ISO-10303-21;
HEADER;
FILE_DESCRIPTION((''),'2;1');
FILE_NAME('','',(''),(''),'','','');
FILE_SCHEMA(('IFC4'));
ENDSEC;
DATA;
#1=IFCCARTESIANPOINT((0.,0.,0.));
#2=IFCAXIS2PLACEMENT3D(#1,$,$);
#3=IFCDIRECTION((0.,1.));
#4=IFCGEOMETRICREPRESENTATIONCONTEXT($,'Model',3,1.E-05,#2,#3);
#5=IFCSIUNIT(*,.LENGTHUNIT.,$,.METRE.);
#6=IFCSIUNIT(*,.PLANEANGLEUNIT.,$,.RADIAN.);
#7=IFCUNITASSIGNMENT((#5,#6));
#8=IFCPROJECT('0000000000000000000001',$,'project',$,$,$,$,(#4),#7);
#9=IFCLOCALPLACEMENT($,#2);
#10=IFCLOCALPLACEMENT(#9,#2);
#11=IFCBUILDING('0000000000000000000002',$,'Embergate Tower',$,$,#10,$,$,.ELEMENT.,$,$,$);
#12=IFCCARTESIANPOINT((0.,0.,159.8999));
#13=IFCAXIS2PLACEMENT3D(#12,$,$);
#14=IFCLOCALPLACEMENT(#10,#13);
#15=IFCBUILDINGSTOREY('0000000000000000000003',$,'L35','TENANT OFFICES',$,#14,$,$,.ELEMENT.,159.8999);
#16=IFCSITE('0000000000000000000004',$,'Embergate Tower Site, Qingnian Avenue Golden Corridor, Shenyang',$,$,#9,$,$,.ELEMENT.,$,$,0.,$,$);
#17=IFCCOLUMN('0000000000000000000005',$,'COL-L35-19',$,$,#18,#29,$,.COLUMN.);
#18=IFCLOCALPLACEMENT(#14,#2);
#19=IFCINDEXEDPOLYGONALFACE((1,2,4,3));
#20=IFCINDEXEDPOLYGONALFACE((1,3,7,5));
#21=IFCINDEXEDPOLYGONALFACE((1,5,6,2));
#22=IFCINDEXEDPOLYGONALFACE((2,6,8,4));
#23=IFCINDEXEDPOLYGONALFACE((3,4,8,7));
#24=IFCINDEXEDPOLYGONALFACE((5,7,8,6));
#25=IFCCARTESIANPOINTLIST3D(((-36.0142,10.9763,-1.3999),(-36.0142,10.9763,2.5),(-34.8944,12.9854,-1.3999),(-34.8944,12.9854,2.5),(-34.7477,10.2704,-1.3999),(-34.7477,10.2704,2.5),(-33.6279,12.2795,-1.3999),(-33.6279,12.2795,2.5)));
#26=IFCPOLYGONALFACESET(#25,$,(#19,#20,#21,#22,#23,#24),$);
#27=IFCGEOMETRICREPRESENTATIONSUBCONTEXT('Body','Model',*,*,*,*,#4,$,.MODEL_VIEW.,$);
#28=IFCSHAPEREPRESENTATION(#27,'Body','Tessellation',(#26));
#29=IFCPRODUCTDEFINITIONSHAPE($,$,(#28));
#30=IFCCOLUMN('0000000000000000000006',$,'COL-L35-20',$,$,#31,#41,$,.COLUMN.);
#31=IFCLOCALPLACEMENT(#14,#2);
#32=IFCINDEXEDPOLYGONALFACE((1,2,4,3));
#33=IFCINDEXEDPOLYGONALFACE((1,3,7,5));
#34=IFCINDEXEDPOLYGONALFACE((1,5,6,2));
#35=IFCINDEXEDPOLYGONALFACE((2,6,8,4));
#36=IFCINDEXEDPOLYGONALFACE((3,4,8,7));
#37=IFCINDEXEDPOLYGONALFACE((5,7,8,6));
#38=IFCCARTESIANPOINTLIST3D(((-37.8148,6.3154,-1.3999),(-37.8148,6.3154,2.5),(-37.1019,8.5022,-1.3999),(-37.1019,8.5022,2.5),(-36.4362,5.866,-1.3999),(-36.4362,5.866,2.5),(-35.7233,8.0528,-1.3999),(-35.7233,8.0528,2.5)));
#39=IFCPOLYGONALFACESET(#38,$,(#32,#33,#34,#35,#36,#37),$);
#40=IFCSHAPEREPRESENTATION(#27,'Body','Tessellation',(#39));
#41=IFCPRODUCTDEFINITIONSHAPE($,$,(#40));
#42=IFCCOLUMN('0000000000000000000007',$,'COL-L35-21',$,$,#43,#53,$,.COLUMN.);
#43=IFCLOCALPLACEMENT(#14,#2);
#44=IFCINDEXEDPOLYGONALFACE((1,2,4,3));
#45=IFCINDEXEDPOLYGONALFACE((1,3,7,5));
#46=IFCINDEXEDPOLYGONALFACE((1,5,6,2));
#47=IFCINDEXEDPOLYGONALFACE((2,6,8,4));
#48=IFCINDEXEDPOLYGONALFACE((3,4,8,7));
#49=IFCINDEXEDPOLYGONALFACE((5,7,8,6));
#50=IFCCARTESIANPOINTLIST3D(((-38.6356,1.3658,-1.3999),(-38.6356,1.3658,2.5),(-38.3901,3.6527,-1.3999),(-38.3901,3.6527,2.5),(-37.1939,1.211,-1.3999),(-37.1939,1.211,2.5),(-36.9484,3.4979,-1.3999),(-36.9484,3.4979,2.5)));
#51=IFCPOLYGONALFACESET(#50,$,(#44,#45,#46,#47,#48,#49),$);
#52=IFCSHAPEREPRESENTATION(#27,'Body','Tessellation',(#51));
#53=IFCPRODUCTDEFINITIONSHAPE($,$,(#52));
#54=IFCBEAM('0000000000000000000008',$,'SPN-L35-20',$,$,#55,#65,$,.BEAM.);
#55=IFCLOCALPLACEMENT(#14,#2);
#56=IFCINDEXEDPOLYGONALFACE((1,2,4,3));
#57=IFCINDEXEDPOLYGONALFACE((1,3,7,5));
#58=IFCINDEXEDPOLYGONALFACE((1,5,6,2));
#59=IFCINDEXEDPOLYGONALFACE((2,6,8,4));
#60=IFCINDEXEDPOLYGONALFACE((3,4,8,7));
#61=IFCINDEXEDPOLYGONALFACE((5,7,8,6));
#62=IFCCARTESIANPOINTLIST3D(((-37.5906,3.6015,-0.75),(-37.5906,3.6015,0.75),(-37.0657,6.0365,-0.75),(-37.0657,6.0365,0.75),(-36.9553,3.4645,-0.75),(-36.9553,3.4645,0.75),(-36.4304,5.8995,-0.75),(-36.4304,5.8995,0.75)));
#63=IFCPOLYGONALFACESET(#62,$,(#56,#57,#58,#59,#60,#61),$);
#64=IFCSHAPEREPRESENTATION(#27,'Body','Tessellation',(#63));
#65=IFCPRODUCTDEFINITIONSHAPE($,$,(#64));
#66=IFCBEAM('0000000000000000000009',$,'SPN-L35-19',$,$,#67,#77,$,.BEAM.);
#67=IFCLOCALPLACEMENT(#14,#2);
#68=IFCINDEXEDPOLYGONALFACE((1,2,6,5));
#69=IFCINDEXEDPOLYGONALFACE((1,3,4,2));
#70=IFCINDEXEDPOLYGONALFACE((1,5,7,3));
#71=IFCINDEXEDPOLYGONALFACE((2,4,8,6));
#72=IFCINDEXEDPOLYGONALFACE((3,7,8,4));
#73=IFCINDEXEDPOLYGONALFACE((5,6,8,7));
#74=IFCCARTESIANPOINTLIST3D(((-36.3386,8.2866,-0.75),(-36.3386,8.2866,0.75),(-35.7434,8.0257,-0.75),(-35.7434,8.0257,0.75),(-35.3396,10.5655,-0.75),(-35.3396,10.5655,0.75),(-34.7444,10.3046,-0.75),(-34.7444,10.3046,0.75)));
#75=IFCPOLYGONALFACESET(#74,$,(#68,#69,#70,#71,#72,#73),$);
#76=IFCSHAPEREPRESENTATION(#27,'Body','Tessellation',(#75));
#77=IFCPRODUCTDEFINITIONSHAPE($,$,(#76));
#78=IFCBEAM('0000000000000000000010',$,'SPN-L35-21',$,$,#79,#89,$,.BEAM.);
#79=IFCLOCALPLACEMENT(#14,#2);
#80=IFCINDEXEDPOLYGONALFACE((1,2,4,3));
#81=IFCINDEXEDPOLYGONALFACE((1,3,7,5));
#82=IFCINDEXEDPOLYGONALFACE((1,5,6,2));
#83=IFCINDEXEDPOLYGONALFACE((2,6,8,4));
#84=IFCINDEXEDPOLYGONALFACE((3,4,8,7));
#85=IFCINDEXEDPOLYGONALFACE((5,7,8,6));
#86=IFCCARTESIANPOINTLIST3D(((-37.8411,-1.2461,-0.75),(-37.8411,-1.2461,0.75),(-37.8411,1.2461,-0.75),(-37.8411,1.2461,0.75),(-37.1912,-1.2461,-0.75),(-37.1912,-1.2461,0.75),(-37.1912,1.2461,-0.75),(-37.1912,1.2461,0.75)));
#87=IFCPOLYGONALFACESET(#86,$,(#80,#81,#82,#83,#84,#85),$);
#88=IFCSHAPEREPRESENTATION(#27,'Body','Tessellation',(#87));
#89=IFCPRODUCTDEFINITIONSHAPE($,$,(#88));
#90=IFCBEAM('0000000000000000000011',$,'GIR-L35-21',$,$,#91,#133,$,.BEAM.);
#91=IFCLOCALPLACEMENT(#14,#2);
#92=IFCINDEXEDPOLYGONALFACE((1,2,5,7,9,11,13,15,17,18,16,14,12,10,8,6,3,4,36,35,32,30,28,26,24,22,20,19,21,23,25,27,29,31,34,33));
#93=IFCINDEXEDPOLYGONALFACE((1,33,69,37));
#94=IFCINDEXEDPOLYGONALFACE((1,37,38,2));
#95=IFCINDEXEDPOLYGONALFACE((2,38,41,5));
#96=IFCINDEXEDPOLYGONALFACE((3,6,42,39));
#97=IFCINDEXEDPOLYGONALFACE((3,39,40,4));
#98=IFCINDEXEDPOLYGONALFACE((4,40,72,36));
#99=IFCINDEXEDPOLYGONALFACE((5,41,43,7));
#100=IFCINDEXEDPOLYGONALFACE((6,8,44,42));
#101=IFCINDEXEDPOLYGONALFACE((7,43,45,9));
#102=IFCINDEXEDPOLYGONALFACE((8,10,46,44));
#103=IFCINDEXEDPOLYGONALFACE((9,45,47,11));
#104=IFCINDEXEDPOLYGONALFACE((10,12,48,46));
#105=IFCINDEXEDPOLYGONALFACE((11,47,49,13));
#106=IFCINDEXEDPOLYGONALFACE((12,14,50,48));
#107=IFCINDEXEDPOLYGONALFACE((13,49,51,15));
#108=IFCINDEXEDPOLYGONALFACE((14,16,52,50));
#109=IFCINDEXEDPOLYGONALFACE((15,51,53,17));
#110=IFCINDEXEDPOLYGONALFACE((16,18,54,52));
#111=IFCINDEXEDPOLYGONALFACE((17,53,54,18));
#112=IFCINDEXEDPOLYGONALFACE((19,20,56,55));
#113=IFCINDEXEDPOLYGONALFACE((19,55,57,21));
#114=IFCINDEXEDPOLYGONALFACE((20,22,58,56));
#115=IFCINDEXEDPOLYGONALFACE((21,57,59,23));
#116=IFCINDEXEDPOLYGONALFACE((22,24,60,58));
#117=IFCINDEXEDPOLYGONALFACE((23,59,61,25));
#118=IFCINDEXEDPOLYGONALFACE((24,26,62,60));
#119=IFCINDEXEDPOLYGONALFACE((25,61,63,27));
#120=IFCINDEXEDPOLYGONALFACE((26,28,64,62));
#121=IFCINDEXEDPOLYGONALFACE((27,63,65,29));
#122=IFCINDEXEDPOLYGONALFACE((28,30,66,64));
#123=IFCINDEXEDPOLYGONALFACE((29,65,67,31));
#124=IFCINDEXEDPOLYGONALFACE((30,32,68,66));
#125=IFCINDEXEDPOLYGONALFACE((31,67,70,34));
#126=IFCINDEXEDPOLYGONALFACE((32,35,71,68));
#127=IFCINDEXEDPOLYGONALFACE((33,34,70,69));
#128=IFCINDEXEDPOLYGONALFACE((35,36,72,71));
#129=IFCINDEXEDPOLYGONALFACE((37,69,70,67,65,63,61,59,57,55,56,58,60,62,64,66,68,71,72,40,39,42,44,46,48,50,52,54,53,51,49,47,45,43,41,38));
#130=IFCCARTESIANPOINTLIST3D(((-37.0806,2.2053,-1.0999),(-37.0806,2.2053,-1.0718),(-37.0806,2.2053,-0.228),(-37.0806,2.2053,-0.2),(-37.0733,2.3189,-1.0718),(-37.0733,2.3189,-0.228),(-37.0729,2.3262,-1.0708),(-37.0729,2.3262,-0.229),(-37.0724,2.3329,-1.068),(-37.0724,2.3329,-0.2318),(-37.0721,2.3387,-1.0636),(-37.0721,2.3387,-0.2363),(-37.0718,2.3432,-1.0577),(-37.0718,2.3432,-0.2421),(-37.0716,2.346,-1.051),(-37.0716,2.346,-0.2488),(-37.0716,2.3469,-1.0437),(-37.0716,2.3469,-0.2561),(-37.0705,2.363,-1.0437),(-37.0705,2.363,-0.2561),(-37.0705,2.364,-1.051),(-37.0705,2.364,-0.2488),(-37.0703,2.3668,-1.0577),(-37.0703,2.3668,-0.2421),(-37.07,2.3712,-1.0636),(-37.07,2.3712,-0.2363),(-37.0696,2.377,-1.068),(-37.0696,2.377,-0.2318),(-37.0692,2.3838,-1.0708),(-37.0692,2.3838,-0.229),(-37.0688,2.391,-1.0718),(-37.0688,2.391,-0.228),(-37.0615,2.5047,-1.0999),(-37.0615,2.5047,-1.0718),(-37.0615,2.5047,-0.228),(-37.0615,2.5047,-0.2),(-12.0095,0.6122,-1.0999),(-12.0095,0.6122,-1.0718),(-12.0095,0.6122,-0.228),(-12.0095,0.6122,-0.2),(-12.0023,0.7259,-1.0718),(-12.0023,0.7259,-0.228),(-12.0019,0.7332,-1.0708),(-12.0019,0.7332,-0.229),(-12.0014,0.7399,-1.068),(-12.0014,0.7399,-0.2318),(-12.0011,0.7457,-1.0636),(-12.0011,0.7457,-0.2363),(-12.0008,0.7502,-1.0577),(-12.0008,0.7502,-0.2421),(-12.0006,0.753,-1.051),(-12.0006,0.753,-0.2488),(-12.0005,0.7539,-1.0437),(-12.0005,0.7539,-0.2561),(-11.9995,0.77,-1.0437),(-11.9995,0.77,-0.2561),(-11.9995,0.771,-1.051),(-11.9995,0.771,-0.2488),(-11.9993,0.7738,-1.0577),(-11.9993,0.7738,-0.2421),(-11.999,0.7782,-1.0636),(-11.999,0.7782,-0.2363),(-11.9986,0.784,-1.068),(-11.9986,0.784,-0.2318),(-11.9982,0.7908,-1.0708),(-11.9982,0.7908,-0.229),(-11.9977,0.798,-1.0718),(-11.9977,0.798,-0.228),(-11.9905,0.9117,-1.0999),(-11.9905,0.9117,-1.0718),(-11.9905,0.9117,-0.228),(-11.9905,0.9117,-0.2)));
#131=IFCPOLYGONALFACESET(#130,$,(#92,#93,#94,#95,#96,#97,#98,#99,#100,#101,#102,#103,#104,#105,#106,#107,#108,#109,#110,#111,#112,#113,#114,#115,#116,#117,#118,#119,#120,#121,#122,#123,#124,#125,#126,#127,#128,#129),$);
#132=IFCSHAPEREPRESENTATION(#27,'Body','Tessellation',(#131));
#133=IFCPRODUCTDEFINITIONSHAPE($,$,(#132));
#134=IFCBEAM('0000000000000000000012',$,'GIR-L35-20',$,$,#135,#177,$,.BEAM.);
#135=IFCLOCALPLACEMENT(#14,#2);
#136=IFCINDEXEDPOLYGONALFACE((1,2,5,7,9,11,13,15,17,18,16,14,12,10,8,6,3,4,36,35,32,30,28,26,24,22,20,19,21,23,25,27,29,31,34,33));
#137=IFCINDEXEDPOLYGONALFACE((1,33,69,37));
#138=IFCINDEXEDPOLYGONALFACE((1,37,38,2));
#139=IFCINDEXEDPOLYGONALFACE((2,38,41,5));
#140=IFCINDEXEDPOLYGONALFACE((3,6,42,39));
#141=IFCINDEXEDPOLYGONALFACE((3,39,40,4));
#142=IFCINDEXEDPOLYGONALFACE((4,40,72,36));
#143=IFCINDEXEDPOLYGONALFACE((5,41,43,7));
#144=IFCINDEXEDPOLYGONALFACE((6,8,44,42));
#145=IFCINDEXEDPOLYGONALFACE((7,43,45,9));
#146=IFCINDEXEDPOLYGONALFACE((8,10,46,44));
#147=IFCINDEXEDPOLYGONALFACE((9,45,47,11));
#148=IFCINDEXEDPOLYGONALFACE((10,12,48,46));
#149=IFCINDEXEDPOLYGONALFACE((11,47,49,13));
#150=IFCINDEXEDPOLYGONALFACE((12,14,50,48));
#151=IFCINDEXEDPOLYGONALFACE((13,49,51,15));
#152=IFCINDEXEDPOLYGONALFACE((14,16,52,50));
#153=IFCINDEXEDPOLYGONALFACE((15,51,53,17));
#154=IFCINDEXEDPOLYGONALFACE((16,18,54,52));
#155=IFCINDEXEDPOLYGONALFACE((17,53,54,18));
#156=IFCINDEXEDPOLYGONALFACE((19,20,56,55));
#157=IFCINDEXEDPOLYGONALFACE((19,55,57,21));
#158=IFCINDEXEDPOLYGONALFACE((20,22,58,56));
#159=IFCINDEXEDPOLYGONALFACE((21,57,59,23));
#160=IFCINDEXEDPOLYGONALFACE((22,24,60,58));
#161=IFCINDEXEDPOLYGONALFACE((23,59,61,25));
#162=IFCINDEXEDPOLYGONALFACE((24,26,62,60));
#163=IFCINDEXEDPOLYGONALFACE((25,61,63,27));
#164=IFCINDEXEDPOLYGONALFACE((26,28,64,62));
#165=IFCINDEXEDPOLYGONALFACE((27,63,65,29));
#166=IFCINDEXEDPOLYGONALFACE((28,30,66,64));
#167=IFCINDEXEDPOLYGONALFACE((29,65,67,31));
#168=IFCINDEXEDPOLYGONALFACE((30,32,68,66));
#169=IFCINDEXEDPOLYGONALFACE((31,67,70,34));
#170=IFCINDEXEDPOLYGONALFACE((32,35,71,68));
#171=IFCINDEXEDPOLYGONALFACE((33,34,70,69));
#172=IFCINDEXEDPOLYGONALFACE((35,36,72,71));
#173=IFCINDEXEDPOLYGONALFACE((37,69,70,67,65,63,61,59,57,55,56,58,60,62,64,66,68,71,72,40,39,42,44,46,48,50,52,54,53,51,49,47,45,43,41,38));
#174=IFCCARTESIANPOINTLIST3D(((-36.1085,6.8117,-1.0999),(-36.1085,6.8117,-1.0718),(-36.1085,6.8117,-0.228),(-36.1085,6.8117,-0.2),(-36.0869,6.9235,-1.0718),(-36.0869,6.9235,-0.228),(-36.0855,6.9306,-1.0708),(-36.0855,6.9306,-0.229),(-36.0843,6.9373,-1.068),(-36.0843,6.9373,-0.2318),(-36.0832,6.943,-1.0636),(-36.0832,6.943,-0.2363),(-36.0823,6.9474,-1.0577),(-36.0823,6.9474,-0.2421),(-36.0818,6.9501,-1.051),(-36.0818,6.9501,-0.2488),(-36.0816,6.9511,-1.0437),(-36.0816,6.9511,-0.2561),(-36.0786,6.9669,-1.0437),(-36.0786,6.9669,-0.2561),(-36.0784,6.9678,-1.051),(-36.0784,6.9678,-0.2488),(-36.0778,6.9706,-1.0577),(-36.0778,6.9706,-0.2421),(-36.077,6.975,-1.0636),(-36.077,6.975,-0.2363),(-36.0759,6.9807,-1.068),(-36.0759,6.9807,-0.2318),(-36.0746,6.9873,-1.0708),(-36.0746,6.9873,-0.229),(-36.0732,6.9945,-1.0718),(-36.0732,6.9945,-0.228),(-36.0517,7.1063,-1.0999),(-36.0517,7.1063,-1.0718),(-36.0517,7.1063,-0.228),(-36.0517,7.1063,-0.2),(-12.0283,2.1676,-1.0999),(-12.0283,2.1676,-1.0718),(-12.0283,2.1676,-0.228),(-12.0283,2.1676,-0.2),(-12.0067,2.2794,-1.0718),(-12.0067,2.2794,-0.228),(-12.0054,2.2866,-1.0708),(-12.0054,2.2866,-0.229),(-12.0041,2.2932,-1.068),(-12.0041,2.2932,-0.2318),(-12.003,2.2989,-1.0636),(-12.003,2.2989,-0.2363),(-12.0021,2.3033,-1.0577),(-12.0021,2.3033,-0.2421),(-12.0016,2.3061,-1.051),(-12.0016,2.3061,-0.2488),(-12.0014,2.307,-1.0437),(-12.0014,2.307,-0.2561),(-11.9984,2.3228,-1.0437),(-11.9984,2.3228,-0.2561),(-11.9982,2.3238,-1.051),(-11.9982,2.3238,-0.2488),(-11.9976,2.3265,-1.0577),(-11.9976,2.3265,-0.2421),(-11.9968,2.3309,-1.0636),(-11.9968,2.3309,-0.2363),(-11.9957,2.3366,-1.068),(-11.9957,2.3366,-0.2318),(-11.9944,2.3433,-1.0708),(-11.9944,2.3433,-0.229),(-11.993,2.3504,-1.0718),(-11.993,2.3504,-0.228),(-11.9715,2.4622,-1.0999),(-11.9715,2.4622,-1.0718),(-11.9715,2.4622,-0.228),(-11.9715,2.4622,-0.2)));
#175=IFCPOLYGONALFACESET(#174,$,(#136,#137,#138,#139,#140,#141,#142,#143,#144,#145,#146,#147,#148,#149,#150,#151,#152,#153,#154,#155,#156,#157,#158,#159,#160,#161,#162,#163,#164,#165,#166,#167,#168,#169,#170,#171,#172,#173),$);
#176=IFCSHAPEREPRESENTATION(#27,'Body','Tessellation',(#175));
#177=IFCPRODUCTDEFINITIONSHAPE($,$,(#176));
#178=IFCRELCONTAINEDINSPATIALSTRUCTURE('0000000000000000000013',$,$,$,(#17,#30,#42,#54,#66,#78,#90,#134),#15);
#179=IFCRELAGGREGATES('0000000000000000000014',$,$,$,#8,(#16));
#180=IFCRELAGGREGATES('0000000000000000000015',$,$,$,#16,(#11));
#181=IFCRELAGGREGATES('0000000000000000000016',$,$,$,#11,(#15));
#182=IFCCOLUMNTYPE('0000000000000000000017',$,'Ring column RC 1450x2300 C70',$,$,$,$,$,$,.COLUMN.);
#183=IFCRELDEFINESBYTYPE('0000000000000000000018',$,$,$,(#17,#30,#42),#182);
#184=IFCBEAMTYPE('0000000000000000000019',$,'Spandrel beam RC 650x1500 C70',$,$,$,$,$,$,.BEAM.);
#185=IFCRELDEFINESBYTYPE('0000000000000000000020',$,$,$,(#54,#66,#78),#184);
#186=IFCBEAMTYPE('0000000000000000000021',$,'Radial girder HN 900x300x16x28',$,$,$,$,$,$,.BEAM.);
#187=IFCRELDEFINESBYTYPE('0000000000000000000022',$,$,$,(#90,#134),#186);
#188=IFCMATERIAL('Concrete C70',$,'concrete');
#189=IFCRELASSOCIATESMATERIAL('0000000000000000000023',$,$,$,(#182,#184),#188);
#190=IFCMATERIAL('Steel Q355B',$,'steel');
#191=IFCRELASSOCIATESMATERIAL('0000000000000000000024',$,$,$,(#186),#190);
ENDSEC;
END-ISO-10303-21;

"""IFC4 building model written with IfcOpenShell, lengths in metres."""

from ifc_helpers import new_model, si_unit, direction, frame, origin, origin_2d, place, context, subcontext, project, spatial, rectangle, i_section, extrude, source, transform, mapped, material, material_profile, profile_set, type_object, element, save


model = new_model("IFC4")

# Units and contexts
model_context = context("Model", 3, precision=1e-05, world=origin(), true_north=direction((0.0, 1.0)))
body_context = subcontext(model_context, "Body", "Model", "MODEL_VIEW")
ifc_project = project(units=[si_unit("LENGTHUNIT", "METRE"), si_unit("PLANEANGLEUNIT", "RADIAN")], contexts=[model_context])

# Site, building, storey
site_placement = place(None, origin())
site = spatial("IfcSite", under=ifc_project, at=site_placement, Name="Embergate Tower Site, Qingnian Avenue Golden Corridor, Shenyang", CompositionType="ELEMENT", RefElevation=0.0)
building_placement = place(site_placement, origin())
building = spatial("IfcBuilding", under=site, at=building_placement, Name="Embergate Tower", CompositionType="ELEMENT")
storey_placement = place(building_placement, frame((0.0, 0.0, 159.8999)))
storey = spatial("IfcBuildingStorey", under=building, at=storey_placement, Name="L35", Description="TENANT OFFICES", CompositionType="ELEMENT", Elevation=159.8999)

# Columns
ifc_material_1 = material(Name="Concrete C70", Category="concrete")
ifc_material_profile_1 = material_profile(ifc_material_1, rectangle(XDim=1.45, YDim=2.3, at=origin_2d()), Name="RC 1450x2300")
ifc_profile_set_1 = profile_set([ifc_material_profile_1], Name="Concrete C70")
column_type = type_object("IfcColumnType", Name="Ring column RC 1450x2300 C70", PredefinedType="COLUMN", material=ifc_profile_set_1)
shared_shape_1 = source(origin(), body_context, "Body", "SweptSolid", [
    extrude(rectangle(XDim=1.45, YDim=2.3, at=origin_2d()), origin(), (0.0, 0.0, 1.0), 3.8999),
])
for number, where, z_axis, x_axis, name in (
    (1, (-34.821, 11.6279, -1.3999), (0.0, 0.0, 1.0), (-0.873492, 0.486839, 0.0), "COL-L35-19"),
    (2, (-36.769, 7.1841, -1.3999), (0.0, 0.0, 1.0), (-0.950754, 0.309946, 0.0), "COL-L35-20"),
    (3, (-37.792, 2.4319, -1.3999), (0.0, 0.0, 1.0), (-0.994286, 0.10675, 0.0), "COL-L35-21"),
):
    element("IfcColumn", number, at=place(storey_placement, frame(where, z_axis=z_axis, x_axis=x_axis)), inside=storey, type_object=column_type, Name=name, PredefinedType="COLUMN", context=body_context, shape_type="MappedRepresentation", body=[
        mapped(shared_shape_1, transform((0.0, 0.0, 0.0))),
    ])

# Beams
ifc_material_profile_2 = material_profile(ifc_material_1, rectangle(XDim=0.6499, YDim=1.5, at=origin_2d()), Name="RC 650x1500")
ifc_profile_set_2 = profile_set([ifc_material_profile_2], Name="Concrete C70")
beam_type_1 = type_object("IfcBeamType", Name="Spandrel beam RC 650x1500 C70", PredefinedType="BEAM", material=ifc_profile_set_2)
shared_shape_2 = source(origin(), body_context, "Body", "SweptSolid", [
    extrude(rectangle(XDim=0.6499, YDim=1.5, at=origin_2d()), origin(), (0.0, 0.0, 1.0), 2.491),
])
beam_1_placement = place(storey_placement, frame((-36.748, 5.968, 0.0), z_axis=(-0.21072, -0.977546, 0.0), x_axis=(0.977546, -0.21072, 0.0)))
element("IfcBeam", 4, at=beam_1_placement, inside=storey, type_object=beam_type_1, Name="SPN-L35-20", PredefinedType="BEAM", context=body_context, shape_type="MappedRepresentation", body=[
    mapped(shared_shape_2, transform((0.0, 0.0, 0.0))),
])
shared_shape_3 = source(origin(), body_context, "Body", "SweptSolid", [
    extrude(rectangle(XDim=0.6499, YDim=1.5, at=origin_2d()), origin(), (0.0, 0.0, 1.0), 2.4883),
])
beam_2_placement = place(storey_placement, frame((-35.042, 10.4351, 0.0), z_axis=(-0.401472, -0.915871, 0.0), x_axis=(0.915871, -0.401472, 0.0)))
element("IfcBeam", 5, at=beam_2_placement, inside=storey, type_object=beam_type_1, Name="SPN-L35-19", PredefinedType="BEAM", context=body_context, shape_type="MappedRepresentation", body=[
    mapped(shared_shape_3, transform((0.0, 0.0, 0.0))),
])
shared_shape_4 = source(origin(), body_context, "Body", "SweptSolid", [
    extrude(rectangle(XDim=0.6499, YDim=1.5, at=origin_2d()), origin(), (0.0, 0.0, 1.0), 2.4922),
])
beam_3_placement = place(storey_placement, frame((-37.5161, 1.2461, 0.0), z_axis=(0.0, -1.0, 0.0), x_axis=(1.0, 0.0, 0.0)))
element("IfcBeam", 6, at=beam_3_placement, inside=storey, type_object=beam_type_1, Name="SPN-L35-21", PredefinedType="BEAM", context=body_context, shape_type="MappedRepresentation", body=[
    mapped(shared_shape_4, transform((0.0, 0.0, 0.0))),
])
ifc_material_2 = material(Name="Steel Q355B", Category="steel")
ifc_material_profile_3 = material_profile(ifc_material_2, i_section(OverallWidth=0.3, OverallDepth=0.8999, WebThickness=0.0161, FlangeThickness=0.0281, FilletRadius=0.0281, at=origin_2d()), Name="HN 900x300x16x28")
ifc_profile_set_3 = profile_set([ifc_material_profile_3], Name="Steel Q355 grade B")
beam_type_2 = type_object("IfcBeamType", Name="Radial girder HN 900x300x16x28", PredefinedType="BEAM", material=ifc_profile_set_3)
shared_shape_5 = source(origin(), body_context, "Body", "SweptSolid", [
    extrude(i_section(OverallWidth=0.3, OverallDepth=0.8999, WebThickness=0.0161, FlangeThickness=0.0281, FilletRadius=0.0281, at=origin_2d()), origin(), (0.0, 0.0, 1.0), 25.1216),
])
beam_4_placement = place(storey_placement, frame((-37.071, 2.355, -0.6499), z_axis=(0.997987, -0.063412, 0.0), x_axis=(0.063412, 0.997987, 0.0)))
element("IfcBeam", 7, at=beam_4_placement, inside=storey, type_object=beam_type_2, Name="GIR-L35-21", PredefinedType="BEAM", context=body_context, shape_type="MappedRepresentation", body=[
    mapped(shared_shape_5, transform((0.0, 0.0, 0.0))),
])
shared_shape_6 = source(origin(), body_context, "Body", "SweptSolid", [
    extrude(i_section(OverallWidth=0.3, OverallDepth=0.8999, WebThickness=0.0161, FlangeThickness=0.0281, FilletRadius=0.0281, at=origin_2d()), origin(), (0.0, 0.0, 1.0), 24.5239),
])
beam_5_placement = place(storey_placement, frame((-36.0801, 6.959, -0.6499), z_axis=(0.981906, -0.189369, 0.0), x_axis=(0.189369, 0.981906, 0.0)))
element("IfcBeam", 8, at=beam_5_placement, inside=storey, type_object=beam_type_2, Name="GIR-L35-20", PredefinedType="BEAM", context=body_context, shape_type="MappedRepresentation", body=[
    mapped(shared_shape_6, transform((0.0, 0.0, 0.0))),
])

save(model, "model.ifc")
